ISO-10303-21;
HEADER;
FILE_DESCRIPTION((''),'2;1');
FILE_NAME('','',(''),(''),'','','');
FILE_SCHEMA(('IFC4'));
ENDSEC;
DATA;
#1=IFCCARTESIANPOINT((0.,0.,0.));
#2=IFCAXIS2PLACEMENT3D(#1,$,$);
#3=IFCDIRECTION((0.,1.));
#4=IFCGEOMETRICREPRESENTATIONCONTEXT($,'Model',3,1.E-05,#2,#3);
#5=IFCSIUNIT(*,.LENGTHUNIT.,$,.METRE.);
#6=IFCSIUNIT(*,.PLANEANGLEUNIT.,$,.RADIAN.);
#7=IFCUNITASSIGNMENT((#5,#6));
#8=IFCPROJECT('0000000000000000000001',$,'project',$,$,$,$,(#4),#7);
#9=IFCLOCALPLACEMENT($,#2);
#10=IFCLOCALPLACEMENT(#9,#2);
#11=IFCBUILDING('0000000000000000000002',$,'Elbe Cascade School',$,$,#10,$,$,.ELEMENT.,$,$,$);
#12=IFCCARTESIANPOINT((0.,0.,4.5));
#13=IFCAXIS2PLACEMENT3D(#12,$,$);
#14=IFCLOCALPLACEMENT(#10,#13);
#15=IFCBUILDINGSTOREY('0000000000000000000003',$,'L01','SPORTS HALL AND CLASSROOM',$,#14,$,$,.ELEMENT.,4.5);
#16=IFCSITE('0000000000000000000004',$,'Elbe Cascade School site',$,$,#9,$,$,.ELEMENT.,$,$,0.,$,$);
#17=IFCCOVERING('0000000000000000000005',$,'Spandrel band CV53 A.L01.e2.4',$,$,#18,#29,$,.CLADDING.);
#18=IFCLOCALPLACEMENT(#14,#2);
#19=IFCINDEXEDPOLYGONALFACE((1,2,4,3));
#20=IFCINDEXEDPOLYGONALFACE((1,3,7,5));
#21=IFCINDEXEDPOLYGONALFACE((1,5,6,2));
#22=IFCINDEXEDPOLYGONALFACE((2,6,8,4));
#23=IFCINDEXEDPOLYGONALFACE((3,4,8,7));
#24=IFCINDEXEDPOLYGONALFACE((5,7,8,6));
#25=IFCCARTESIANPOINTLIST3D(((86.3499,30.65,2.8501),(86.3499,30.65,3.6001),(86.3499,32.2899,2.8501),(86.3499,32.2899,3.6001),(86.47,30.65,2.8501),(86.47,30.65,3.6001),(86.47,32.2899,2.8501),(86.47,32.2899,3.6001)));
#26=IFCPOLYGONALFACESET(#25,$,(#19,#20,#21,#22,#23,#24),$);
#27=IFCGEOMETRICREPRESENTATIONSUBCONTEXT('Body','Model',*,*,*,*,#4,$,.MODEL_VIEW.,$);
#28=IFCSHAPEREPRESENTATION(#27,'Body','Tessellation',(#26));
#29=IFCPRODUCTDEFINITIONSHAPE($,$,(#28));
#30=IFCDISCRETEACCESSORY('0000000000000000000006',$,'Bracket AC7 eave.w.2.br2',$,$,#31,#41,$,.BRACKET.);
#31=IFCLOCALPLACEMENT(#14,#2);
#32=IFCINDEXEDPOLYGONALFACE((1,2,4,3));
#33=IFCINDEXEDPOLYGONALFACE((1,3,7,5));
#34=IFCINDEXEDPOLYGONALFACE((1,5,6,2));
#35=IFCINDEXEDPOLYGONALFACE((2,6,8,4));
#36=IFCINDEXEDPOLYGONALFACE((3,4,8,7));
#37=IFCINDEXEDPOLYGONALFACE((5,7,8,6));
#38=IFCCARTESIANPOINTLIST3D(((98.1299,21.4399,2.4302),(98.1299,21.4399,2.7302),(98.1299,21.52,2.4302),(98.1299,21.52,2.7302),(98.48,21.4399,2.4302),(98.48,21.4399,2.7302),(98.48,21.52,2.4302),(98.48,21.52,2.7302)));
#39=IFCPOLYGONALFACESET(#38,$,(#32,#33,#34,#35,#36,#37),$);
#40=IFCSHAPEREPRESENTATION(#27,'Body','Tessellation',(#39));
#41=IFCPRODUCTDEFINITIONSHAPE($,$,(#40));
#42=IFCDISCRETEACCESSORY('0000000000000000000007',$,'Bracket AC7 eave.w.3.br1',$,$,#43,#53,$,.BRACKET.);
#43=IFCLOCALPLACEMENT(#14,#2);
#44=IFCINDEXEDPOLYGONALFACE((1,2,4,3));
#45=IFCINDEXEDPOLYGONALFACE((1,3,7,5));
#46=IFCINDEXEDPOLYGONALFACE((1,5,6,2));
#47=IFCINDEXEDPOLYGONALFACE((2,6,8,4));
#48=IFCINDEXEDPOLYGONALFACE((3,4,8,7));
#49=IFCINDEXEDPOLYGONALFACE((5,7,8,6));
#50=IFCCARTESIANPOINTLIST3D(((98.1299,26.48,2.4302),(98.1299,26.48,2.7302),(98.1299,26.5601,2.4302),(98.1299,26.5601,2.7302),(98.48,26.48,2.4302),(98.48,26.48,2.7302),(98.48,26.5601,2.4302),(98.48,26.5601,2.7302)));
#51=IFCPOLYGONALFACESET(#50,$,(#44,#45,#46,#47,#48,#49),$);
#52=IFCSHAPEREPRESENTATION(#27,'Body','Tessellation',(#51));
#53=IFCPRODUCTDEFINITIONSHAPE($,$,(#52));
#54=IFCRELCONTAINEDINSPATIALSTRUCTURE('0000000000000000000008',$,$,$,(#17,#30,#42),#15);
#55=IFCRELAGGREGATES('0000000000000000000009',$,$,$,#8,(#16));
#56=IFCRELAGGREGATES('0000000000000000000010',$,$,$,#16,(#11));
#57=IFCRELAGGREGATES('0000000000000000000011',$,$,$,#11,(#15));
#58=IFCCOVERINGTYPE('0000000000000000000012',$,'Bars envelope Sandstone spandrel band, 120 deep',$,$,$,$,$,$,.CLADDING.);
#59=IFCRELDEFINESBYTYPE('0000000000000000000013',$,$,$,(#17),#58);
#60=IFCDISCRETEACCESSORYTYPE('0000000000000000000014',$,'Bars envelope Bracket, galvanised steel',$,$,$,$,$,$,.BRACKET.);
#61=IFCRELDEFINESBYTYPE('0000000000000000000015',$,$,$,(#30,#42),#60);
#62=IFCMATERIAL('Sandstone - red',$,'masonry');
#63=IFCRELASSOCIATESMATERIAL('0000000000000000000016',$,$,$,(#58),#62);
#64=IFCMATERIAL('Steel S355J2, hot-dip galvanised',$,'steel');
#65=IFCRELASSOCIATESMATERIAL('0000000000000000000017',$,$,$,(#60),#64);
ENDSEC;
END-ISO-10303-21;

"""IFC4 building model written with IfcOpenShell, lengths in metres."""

from ifc_helpers import new_model, si_unit, direction, frame, origin, origin_2d, place, context, subcontext, project, spatial, rectangle, extrude, material, type_object, element, save


model = new_model("IFC4")

# Units and contexts
model_context = context("Model", 3, precision=1e-05, world=origin(), true_north=direction((0.0, 1.0)))
body_context = subcontext(model_context, "Body", "Model", "MODEL_VIEW")
ifc_project = project(units=[si_unit("LENGTHUNIT", "METRE"), si_unit("PLANEANGLEUNIT", "RADIAN")], contexts=[model_context])

# Site, building, storey
site_placement = place(None, origin())
site = spatial("IfcSite", under=ifc_project, at=site_placement, Name="Elbe Cascade School site", CompositionType="ELEMENT", RefElevation=0.0)
building_placement = place(site_placement, origin())
building = spatial("IfcBuilding", under=site, at=building_placement, Name="Elbe Cascade School", CompositionType="ELEMENT")
storey_placement = place(building_placement, frame((0.0, 0.0, 4.5)))
storey = spatial("IfcBuildingStorey", under=building, at=storey_placement, Name="L01", Description="SPORTS HALL AND CLASSROOM", CompositionType="ELEMENT", Elevation=4.5)

# Covering
ifc_material_1 = material(Name="Sandstone - red", Category="masonry")
covering_type = type_object("IfcCoveringType", Name="Bars envelope Sandstone spandrel band, 120 deep", PredefinedType="CLADDING", material=ifc_material_1)
for number, where, z_axis, x_axis, name in (
    (1, (86.4099, 31.47, 2.8501), (0.0, 0.0, 1.0), (0.0, 1.0, 0.0), "Spandrel band CV53 A.L01.e2.4"),
):
    element("IfcCovering", number, at=place(storey_placement, frame(where, z_axis=z_axis, x_axis=x_axis)), inside=storey, type_object=covering_type, Name=name, PredefinedType="CLADDING", context=body_context, shape_type="SweptSolid", body=[
        extrude(rectangle(XDim=1.6399, YDim=0.1201, at=origin_2d()), origin(), (0.0, 0.0, 1.0), 0.75),
    ])

# Discrete accessories
ifc_material_2 = material(Name="Steel S355J2, hot-dip galvanised", Category="steel")
discrete_accessory_type = type_object("IfcDiscreteAccessoryType", Name="Bars envelope Bracket, galvanised steel", PredefinedType="BRACKET", material=ifc_material_2)
for number, where, z_axis, x_axis, name in (
    (2, (98.3049, 21.48, 2.4302), (0.0, 0.0, 1.0), (0.0, 1.0, 0.0), "Bracket AC7 eave.w.2.br2"),
    (3, (98.3049, 26.52, 2.4302), (0.0, 0.0, 1.0), (0.0, 1.0, 0.0), "Bracket AC7 eave.w.3.br1"),
):
    element("IfcDiscreteAccessory", number, at=place(storey_placement, frame(where, z_axis=z_axis, x_axis=x_axis)), inside=storey, type_object=discrete_accessory_type, Name=name, PredefinedType="BRACKET", context=body_context, shape_type="SweptSolid", body=[
        extrude(rectangle(XDim=0.0801, YDim=0.3501, at=origin_2d()), origin(), (0.0, 0.0, 1.0), 0.3),
    ])

save(model, "model.ifc")
